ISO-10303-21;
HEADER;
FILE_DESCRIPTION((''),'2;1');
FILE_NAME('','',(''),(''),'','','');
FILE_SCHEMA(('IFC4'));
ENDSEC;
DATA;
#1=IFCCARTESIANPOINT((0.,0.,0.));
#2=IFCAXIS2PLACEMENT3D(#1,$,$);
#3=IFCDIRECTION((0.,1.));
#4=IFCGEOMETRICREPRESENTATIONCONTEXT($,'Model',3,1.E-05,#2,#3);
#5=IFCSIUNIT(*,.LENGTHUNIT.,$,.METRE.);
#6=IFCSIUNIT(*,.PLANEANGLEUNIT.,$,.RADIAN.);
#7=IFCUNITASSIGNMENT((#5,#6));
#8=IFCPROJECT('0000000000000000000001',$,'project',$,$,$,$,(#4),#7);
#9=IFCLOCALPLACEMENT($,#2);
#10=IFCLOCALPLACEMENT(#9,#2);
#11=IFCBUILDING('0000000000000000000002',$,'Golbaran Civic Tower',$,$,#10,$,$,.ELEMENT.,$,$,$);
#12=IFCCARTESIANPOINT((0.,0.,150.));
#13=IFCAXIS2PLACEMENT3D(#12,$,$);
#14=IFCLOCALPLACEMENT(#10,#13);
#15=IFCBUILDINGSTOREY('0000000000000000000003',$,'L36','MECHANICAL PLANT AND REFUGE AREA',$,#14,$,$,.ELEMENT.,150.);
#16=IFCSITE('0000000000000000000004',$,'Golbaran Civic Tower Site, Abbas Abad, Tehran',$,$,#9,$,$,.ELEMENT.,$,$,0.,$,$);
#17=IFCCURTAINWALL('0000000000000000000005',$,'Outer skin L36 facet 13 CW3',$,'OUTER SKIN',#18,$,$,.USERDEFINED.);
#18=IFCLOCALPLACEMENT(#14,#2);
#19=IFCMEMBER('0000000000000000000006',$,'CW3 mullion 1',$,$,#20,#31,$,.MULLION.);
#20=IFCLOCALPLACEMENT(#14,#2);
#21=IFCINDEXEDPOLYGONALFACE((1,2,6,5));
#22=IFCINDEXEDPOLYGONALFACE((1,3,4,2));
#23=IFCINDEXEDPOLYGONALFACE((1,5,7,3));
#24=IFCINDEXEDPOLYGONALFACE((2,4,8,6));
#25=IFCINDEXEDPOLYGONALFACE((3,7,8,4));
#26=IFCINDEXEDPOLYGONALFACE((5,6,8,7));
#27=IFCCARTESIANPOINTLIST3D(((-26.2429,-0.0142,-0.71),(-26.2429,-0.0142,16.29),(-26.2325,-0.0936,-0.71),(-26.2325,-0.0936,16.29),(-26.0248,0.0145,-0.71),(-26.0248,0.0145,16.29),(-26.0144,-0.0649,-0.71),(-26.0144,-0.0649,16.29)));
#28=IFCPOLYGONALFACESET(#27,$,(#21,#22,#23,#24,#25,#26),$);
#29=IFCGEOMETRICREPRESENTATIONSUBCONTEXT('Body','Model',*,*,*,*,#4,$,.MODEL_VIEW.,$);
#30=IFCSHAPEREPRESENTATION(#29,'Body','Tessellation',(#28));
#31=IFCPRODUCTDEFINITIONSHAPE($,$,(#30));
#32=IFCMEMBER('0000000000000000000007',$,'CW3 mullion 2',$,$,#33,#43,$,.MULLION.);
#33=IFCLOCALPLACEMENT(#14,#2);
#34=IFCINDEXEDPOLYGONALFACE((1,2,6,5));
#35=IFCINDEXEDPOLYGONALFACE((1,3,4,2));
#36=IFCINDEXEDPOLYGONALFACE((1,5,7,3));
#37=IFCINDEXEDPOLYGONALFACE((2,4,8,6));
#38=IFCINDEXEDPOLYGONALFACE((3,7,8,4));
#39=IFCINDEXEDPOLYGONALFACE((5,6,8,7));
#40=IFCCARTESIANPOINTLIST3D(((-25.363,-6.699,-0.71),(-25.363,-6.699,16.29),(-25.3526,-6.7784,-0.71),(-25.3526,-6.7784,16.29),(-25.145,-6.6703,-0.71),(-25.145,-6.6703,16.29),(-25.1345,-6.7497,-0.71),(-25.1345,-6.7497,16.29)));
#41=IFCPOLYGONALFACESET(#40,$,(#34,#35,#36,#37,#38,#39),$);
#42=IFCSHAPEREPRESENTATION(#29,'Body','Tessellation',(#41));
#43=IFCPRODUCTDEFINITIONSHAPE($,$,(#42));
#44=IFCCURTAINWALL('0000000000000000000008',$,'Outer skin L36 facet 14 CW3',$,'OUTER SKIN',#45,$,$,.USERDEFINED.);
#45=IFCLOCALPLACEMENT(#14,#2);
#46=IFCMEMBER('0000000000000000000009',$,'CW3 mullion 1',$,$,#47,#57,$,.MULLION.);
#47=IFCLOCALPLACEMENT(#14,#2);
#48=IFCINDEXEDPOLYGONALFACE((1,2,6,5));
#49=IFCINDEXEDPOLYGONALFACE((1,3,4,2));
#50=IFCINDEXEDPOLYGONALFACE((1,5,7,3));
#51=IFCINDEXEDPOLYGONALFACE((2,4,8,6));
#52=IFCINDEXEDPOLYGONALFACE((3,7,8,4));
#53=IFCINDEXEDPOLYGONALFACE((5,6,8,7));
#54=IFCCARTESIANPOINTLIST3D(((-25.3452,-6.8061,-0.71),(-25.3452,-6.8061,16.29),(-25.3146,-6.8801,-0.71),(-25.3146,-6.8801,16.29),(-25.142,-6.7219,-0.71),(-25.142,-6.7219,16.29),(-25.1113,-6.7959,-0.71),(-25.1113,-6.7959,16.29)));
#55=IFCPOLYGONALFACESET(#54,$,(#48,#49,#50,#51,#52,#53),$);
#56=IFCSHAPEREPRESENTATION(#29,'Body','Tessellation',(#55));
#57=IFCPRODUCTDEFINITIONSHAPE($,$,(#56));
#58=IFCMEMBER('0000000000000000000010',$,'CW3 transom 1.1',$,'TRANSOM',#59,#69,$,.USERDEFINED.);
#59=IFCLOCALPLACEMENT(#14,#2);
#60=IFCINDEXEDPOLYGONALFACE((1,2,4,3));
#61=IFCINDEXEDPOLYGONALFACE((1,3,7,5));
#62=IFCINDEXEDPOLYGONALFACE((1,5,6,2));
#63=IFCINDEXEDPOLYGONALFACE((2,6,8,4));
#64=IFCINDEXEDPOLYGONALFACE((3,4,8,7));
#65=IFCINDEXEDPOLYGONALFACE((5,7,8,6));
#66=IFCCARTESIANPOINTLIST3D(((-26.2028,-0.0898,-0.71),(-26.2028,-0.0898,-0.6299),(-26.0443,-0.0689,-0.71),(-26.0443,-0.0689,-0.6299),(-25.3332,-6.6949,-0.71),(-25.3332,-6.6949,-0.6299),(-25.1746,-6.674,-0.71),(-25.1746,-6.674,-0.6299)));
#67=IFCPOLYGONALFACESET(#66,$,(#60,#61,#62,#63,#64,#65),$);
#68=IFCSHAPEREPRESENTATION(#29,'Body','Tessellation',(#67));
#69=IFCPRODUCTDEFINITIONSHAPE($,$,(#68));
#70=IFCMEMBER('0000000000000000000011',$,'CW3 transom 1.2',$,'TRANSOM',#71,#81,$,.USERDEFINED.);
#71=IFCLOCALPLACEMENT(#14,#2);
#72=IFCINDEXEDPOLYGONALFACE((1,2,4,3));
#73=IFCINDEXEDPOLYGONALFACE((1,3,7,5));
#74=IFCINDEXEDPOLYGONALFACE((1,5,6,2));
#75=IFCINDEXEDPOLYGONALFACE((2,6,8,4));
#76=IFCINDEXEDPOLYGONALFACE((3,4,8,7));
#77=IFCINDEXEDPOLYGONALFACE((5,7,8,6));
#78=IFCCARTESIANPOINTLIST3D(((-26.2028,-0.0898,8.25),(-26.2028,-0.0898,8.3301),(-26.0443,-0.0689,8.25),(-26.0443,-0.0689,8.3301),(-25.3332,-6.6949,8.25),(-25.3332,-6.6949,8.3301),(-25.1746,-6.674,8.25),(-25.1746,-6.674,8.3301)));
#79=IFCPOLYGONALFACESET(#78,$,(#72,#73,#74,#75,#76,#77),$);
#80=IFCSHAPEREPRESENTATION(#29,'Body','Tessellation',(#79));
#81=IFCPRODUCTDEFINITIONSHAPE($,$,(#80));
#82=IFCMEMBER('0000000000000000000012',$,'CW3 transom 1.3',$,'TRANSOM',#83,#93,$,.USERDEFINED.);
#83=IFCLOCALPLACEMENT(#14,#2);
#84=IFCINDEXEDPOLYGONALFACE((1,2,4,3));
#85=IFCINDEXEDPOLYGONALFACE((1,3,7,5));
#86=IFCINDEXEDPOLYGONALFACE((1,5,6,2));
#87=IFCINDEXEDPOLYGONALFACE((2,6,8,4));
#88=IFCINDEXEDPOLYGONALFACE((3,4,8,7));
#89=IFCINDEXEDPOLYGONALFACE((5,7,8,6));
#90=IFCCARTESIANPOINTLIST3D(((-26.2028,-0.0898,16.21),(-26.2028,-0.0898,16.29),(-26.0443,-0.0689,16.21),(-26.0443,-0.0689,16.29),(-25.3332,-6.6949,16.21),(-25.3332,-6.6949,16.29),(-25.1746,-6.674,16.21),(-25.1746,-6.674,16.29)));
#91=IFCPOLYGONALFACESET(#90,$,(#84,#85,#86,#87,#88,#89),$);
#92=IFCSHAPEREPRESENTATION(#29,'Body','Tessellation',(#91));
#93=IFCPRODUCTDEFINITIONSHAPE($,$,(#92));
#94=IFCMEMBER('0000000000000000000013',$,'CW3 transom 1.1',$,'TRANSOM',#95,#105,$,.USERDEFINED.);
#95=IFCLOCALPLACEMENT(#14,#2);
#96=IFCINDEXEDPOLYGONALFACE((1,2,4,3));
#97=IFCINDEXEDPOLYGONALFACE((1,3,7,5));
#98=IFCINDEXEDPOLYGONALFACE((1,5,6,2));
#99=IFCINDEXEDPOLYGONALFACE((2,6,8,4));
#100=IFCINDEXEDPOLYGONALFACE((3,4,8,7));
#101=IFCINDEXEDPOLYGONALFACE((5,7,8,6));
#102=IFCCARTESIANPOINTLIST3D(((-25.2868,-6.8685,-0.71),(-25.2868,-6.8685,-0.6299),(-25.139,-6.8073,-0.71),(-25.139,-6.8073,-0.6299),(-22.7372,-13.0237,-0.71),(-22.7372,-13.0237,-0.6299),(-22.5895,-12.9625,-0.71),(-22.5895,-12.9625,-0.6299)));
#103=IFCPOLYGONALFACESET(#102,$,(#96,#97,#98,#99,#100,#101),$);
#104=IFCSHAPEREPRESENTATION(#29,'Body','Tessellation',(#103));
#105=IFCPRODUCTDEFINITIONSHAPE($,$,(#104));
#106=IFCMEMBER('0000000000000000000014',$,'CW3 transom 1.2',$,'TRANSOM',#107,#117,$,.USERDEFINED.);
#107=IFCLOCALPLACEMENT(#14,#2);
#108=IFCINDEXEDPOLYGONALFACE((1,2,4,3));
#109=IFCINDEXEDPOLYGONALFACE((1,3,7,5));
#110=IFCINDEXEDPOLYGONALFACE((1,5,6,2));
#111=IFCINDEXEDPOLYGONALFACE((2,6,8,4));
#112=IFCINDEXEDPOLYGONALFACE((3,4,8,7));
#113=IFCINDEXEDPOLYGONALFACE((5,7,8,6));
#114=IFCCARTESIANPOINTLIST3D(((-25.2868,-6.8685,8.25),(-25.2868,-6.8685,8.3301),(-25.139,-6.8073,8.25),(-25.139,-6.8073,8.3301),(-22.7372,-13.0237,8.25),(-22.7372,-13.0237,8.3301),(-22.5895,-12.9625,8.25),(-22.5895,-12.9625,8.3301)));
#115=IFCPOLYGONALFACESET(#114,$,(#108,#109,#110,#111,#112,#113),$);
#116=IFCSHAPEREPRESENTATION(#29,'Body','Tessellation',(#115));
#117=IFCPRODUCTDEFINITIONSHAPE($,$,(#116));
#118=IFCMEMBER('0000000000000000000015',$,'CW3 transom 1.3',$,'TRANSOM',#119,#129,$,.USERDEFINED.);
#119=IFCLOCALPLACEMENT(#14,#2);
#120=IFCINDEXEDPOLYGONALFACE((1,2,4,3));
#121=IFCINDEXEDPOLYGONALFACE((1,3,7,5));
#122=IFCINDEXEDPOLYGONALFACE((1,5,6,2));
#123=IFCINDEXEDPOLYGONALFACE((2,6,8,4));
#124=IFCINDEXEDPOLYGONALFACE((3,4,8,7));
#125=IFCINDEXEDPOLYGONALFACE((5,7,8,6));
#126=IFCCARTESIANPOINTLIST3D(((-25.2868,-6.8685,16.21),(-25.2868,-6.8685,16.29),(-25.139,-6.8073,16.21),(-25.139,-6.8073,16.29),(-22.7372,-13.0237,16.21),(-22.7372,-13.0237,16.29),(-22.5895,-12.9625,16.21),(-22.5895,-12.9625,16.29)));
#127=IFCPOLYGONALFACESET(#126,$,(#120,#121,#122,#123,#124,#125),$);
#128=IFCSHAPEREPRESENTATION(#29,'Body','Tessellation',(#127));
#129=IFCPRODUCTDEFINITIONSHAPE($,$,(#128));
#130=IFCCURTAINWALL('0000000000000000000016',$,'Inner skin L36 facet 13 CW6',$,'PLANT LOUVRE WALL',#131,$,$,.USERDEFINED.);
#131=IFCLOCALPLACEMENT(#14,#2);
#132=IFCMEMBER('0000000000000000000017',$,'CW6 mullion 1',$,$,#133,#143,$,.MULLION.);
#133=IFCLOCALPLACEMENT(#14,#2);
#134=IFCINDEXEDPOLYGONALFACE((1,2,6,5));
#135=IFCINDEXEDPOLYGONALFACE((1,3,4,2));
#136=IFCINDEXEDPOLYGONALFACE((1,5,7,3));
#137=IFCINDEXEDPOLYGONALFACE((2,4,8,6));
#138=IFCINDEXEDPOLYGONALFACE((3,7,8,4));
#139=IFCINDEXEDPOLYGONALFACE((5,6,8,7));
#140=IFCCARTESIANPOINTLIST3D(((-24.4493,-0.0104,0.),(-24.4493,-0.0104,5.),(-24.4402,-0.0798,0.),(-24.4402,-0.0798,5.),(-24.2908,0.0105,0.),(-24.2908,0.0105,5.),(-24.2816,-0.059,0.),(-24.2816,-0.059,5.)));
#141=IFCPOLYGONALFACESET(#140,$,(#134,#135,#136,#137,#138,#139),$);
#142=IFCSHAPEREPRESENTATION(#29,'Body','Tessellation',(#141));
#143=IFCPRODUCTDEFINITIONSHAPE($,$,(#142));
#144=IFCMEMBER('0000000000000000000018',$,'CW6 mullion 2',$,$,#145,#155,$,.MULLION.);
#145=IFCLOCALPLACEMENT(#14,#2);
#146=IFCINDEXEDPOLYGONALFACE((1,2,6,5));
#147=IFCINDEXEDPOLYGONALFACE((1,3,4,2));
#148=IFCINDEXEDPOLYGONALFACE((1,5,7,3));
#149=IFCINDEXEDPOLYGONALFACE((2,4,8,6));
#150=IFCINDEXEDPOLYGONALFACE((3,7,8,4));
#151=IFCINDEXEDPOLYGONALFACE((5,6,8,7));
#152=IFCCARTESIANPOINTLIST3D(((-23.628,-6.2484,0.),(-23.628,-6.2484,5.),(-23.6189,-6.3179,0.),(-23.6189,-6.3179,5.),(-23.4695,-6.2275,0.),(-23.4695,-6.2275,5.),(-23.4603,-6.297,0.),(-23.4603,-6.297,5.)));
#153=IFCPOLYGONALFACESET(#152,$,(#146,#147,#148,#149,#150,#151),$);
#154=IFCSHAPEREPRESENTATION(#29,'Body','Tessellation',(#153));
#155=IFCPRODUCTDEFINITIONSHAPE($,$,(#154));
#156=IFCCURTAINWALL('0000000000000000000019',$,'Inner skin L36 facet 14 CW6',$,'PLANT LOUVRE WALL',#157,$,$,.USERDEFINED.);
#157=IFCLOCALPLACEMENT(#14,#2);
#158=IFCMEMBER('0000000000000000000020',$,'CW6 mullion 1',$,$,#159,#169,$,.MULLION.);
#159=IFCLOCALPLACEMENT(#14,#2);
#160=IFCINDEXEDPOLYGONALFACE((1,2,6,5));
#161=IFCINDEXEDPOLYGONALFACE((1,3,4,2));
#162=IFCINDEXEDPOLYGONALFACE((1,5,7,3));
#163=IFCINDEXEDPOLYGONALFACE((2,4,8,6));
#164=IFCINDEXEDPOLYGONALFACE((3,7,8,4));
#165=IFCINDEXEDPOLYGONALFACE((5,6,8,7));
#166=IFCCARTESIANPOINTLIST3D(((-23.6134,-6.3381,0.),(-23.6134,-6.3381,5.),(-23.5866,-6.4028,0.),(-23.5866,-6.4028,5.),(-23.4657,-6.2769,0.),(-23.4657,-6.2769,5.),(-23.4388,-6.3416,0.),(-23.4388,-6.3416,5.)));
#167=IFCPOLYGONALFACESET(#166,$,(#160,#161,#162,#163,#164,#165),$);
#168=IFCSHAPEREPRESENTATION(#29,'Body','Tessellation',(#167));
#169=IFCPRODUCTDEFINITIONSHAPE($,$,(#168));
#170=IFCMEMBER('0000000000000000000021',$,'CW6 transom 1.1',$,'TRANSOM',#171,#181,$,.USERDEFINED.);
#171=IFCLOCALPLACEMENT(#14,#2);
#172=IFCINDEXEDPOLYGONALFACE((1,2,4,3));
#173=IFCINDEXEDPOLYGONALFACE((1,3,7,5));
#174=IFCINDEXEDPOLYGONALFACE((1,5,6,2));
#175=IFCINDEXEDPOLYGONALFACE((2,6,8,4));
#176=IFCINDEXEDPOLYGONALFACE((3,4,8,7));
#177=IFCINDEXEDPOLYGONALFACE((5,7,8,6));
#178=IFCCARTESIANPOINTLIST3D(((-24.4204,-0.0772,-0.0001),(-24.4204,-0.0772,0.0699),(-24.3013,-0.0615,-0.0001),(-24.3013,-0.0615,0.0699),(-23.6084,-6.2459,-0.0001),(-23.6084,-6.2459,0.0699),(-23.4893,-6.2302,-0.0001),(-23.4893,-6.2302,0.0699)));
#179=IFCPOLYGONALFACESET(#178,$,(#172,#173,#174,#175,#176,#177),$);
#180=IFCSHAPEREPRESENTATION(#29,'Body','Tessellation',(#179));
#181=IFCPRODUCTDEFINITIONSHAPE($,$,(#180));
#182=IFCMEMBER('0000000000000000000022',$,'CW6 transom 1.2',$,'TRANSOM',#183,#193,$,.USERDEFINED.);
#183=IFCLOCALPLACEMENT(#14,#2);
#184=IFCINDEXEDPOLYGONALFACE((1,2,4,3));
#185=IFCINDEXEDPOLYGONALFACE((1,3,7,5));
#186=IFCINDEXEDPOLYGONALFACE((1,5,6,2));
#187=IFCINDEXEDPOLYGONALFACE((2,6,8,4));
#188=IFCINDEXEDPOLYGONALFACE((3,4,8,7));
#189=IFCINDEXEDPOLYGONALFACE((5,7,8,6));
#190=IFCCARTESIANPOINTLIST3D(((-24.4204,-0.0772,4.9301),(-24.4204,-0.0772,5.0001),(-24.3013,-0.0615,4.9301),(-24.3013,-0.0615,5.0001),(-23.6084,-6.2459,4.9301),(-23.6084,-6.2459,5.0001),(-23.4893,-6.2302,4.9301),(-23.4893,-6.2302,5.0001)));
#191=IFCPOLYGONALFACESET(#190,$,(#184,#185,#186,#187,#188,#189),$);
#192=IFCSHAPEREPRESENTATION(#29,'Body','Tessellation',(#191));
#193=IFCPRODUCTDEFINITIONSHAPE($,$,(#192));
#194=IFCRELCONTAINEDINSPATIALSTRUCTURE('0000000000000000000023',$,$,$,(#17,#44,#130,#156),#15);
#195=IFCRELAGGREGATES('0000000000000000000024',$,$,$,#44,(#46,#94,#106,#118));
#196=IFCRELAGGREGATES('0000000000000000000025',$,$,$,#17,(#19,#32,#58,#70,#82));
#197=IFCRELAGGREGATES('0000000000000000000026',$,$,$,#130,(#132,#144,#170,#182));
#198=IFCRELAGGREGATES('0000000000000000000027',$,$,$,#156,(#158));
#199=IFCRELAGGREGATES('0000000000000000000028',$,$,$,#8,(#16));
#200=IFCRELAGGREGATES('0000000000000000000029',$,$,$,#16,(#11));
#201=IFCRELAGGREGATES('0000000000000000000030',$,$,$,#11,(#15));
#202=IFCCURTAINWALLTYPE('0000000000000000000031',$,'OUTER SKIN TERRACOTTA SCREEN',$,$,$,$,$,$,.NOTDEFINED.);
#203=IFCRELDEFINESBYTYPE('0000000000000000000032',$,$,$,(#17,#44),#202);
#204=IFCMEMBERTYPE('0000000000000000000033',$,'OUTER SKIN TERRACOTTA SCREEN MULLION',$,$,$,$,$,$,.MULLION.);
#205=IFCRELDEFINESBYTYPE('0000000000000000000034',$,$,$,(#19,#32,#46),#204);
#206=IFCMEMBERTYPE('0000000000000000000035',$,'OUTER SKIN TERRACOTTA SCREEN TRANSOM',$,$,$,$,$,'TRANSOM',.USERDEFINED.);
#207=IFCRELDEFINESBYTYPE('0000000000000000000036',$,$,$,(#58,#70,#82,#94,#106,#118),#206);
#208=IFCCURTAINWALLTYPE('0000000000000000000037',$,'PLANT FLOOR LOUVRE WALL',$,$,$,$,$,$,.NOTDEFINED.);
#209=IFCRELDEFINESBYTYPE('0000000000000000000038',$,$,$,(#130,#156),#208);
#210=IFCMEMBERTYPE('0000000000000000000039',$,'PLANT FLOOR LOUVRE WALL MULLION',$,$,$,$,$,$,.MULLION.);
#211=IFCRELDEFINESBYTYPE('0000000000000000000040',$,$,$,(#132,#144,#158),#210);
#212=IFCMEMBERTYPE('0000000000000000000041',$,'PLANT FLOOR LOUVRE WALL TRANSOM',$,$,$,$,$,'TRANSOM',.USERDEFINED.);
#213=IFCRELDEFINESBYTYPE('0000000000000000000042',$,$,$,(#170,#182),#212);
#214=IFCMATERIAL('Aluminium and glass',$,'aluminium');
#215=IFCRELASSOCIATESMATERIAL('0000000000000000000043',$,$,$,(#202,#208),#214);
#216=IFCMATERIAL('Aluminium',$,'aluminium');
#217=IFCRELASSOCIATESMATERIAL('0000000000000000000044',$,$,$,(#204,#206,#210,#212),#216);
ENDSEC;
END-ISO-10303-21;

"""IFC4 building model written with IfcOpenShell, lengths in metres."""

from ifc_helpers import new_model, si_unit, direction, frame, origin, origin_2d, place, context, subcontext, project, spatial, rectangle, extrude, material, material_profile, profile_set, type_object, element, aggregate, save


model = new_model("IFC4")

# Units and contexts
model_context = context("Model", 3, precision=1e-05, world=origin(), true_north=direction((0.0, 1.0)))
body_context = subcontext(model_context, "Body", "Model", "MODEL_VIEW")
ifc_project = project(units=[si_unit("LENGTHUNIT", "METRE"), si_unit("PLANEANGLEUNIT", "RADIAN")], contexts=[model_context])

# Site, building, storey
site_placement = place(None, origin())
site = spatial("IfcSite", under=ifc_project, at=site_placement, Name="Golbaran Civic Tower Site, Abbas Abad, Tehran", CompositionType="ELEMENT", RefElevation=0.0)
building_placement = place(site_placement, origin())
building = spatial("IfcBuilding", under=site, at=building_placement, Name="Golbaran Civic Tower", CompositionType="ELEMENT")
storey_placement = place(building_placement, frame((0.0, 0.0, 150.0)))
storey = spatial("IfcBuildingStorey", under=building, at=storey_placement, Name="L36", Description="MECHANICAL PLANT AND REFUGE AREA", CompositionType="ELEMENT", Elevation=150.0)

# Curtain wall, members
ifc_material_1 = material(Name="Aluminium and glass", Category="aluminium")
curtain_wall_type_1 = type_object("IfcCurtainWallType", Name="OUTER SKIN TERRACOTTA SCREEN", PredefinedType="NOTDEFINED", material=ifc_material_1)
curtain_wall_1_placement = place(storey_placement, origin())
curtain_wall_1 = element("IfcCurtainWall", 1, at=curtain_wall_1_placement, inside=storey, type_object=curtain_wall_type_1, Name="Outer skin L36 facet 13 CW3", ObjectType="OUTER SKIN", PredefinedType="USERDEFINED")
ifc_material_2 = material(Name="Aluminium", Category="aluminium")
ifc_material_profile_1 = material_profile(ifc_material_2, rectangle(XDim=0.22, YDim=0.0801, at=origin_2d()), Name="OUTER SKIN TERRACOTTA SCREEN MULLION")
ifc_profile_set_1 = profile_set([ifc_material_profile_1], Name="Aluminium")
member_type_1 = type_object("IfcMemberType", Name="OUTER SKIN TERRACOTTA SCREEN MULLION", PredefinedType="MULLION", material=ifc_profile_set_1)
member_1_placement = place(storey_placement, frame((-26.1287, -0.0396, -0.71), z_axis=(0.0, 0.0, 1.0), x_axis=(0.991445, 0.130526, 0.0)))
member_1 = element("IfcMember", 2, at=member_1_placement, type_object=member_type_1, Name="CW3 mullion 1", PredefinedType="MULLION", context=body_context, shape_type="SweptSolid", body=[
    extrude(rectangle(XDim=0.22, YDim=0.0801, at=origin_2d()), origin(), (0.0, 0.0, 1.0), 17.0),
])
member_2_placement = place(storey_placement, frame((-25.2488, -6.7244, -0.71), z_axis=(0.0, 0.0, 1.0), x_axis=(0.991445, 0.130526, 0.0)))
member_2 = element("IfcMember", 3, at=member_2_placement, type_object=member_type_1, Name="CW3 mullion 2", PredefinedType="MULLION", context=body_context, shape_type="SweptSolid", body=[
    extrude(rectangle(XDim=0.22, YDim=0.0801, at=origin_2d()), origin(), (0.0, 0.0, 1.0), 17.0),
])

# Curtain wall, member
curtain_wall_2_placement = place(storey_placement, origin())
curtain_wall_2 = element("IfcCurtainWall", 4, at=curtain_wall_2_placement, inside=storey, type_object=curtain_wall_type_1, Name="Outer skin L36 facet 14 CW3", ObjectType="OUTER SKIN", PredefinedType="USERDEFINED")
member_3_placement = place(storey_placement, frame((-25.2283, -6.801, -0.71), z_axis=(0.0, 0.0, 1.0), x_axis=(0.92388, 0.382683, 0.0)))
member_3 = element("IfcMember", 5, at=member_3_placement, type_object=member_type_1, Name="CW3 mullion 1", PredefinedType="MULLION", context=body_context, shape_type="SweptSolid", body=[
    extrude(rectangle(XDim=0.22, YDim=0.0801, at=origin_2d()), origin(), (0.0, 0.0, 1.0), 17.0),
])

# Members
ifc_material_profile_2 = material_profile(ifc_material_2, rectangle(XDim=0.1599, YDim=0.0801, at=origin_2d()), Name="OUTER SKIN TERRACOTTA SCREEN TRANSOM")
ifc_profile_set_2 = profile_set([ifc_material_profile_2], Name="Aluminium")
member_type_2 = type_object("IfcMemberType", Name="OUTER SKIN TERRACOTTA SCREEN TRANSOM", ElementType="TRANSOM", PredefinedType="USERDEFINED", material=ifc_profile_set_2)
member_4_placement = place(storey_placement, frame((-26.1235, -0.0793, -0.6699), z_axis=(0.130531, -0.991444, 0.0), x_axis=(0.991444, 0.130531, 0.0)))
member_4 = element("IfcMember", 6, at=member_4_placement, type_object=member_type_2, Name="CW3 transom 1.1", ObjectType="TRANSOM", PredefinedType="USERDEFINED", context=body_context, shape_type="SweptSolid", body=[
    extrude(rectangle(XDim=0.1599, YDim=0.0801, at=origin_2d()), origin(), (0.0, 0.0, 1.0), 6.6621),
])
member_5_placement = place(storey_placement, frame((-26.1235, -0.0793, 8.29), z_axis=(0.130531, -0.991444, 0.0), x_axis=(0.991444, 0.130531, 0.0)))
member_5 = element("IfcMember", 7, at=member_5_placement, type_object=member_type_2, Name="CW3 transom 1.2", ObjectType="TRANSOM", PredefinedType="USERDEFINED", context=body_context, shape_type="SweptSolid", body=[
    extrude(rectangle(XDim=0.1599, YDim=0.0801, at=origin_2d()), origin(), (0.0, 0.0, 1.0), 6.6621),
])
member_6_placement = place(storey_placement, frame((-26.1235, -0.0793, 16.25), z_axis=(0.130531, -0.991444, 0.0), x_axis=(0.991444, 0.130531, 0.0)))
member_6 = element("IfcMember", 8, at=member_6_placement, type_object=member_type_2, Name="CW3 transom 1.3", ObjectType="TRANSOM", PredefinedType="USERDEFINED", context=body_context, shape_type="SweptSolid", body=[
    extrude(rectangle(XDim=0.1599, YDim=0.0801, at=origin_2d()), origin(), (0.0, 0.0, 1.0), 6.6621),
])
member_7_placement = place(storey_placement, frame((-25.2129, -6.8379, -0.6699), z_axis=(0.382679, -0.923882, 0.0), x_axis=(0.923882, 0.382679, 0.0)))
member_7 = element("IfcMember", 9, at=member_7_placement, type_object=member_type_2, Name="CW3 transom 1.1", ObjectType="TRANSOM", PredefinedType="USERDEFINED", context=body_context, shape_type="SweptSolid", body=[
    extrude(rectangle(XDim=0.1599, YDim=0.0801, at=origin_2d()), origin(), (0.0, 0.0, 1.0), 6.6624),
])
member_8_placement = place(storey_placement, frame((-25.2129, -6.8379, 8.29), z_axis=(0.382679, -0.923882, 0.0), x_axis=(0.923882, 0.382679, 0.0)))
member_8 = element("IfcMember", 10, at=member_8_placement, type_object=member_type_2, Name="CW3 transom 1.2", ObjectType="TRANSOM", PredefinedType="USERDEFINED", context=body_context, shape_type="SweptSolid", body=[
    extrude(rectangle(XDim=0.1599, YDim=0.0801, at=origin_2d()), origin(), (0.0, 0.0, 1.0), 6.6624),
])
member_9_placement = place(storey_placement, frame((-25.2129, -6.8379, 16.25), z_axis=(0.382679, -0.923882, 0.0), x_axis=(0.923882, 0.382679, 0.0)))
member_9 = element("IfcMember", 11, at=member_9_placement, type_object=member_type_2, Name="CW3 transom 1.3", ObjectType="TRANSOM", PredefinedType="USERDEFINED", context=body_context, shape_type="SweptSolid", body=[
    extrude(rectangle(XDim=0.1599, YDim=0.0801, at=origin_2d()), origin(), (0.0, 0.0, 1.0), 6.6624),
])

# Curtain wall, members
curtain_wall_type_2 = type_object("IfcCurtainWallType", Name="PLANT FLOOR LOUVRE WALL", PredefinedType="NOTDEFINED", material=ifc_material_1)
curtain_wall_3_placement = place(storey_placement, origin())
curtain_wall_3 = element("IfcCurtainWall", 12, at=curtain_wall_3_placement, inside=storey, type_object=curtain_wall_type_2, Name="Inner skin L36 facet 13 CW6", ObjectType="PLANT LOUVRE WALL", PredefinedType="USERDEFINED")
ifc_material_profile_3 = material_profile(ifc_material_2, rectangle(XDim=0.1599, YDim=0.0701, at=origin_2d()), Name="PLANT FLOOR LOUVRE WALL MULLION")
ifc_profile_set_3 = profile_set([ifc_material_profile_3], Name="Aluminium")
member_type_3 = type_object("IfcMemberType", Name="PLANT FLOOR LOUVRE WALL MULLION", PredefinedType="MULLION", material=ifc_profile_set_3)
member_10_placement = place(storey_placement, frame((-24.3655, -0.0347, 0.0), z_axis=(0.0, 0.0, 1.0), x_axis=(0.991445, 0.130526, 0.0)))
member_10 = element("IfcMember", 13, at=member_10_placement, type_object=member_type_3, Name="CW6 mullion 1", PredefinedType="MULLION", context=body_context, shape_type="SweptSolid", body=[
    extrude(rectangle(XDim=0.1599, YDim=0.0701, at=origin_2d()), origin(), (0.0, 0.0, 1.0), 5.0),
])
member_11_placement = place(storey_placement, frame((-23.5442, -6.2727, 0.0), z_axis=(0.0, 0.0, 1.0), x_axis=(0.991445, 0.130526, 0.0)))
member_11 = element("IfcMember", 14, at=member_11_placement, type_object=member_type_3, Name="CW6 mullion 2", PredefinedType="MULLION", context=body_context, shape_type="SweptSolid", body=[
    extrude(rectangle(XDim=0.1599, YDim=0.0701, at=origin_2d()), origin(), (0.0, 0.0, 1.0), 5.0),
])

# Curtain wall, member
curtain_wall_4_placement = place(storey_placement, origin())
curtain_wall_4 = element("IfcCurtainWall", 15, at=curtain_wall_4_placement, inside=storey, type_object=curtain_wall_type_2, Name="Inner skin L36 facet 14 CW6", ObjectType="PLANT LOUVRE WALL", PredefinedType="USERDEFINED")
member_12_placement = place(storey_placement, frame((-23.5261, -6.3398, 0.0), z_axis=(0.0, 0.0, 1.0), x_axis=(0.92388, 0.382683, 0.0)))
member_12 = element("IfcMember", 16, at=member_12_placement, type_object=member_type_3, Name="CW6 mullion 1", PredefinedType="MULLION", context=body_context, shape_type="SweptSolid", body=[
    extrude(rectangle(XDim=0.1599, YDim=0.0701, at=origin_2d()), origin(), (0.0, 0.0, 1.0), 5.0),
])

# Members
ifc_material_profile_4 = material_profile(ifc_material_2, rectangle(XDim=0.1201, YDim=0.0701, at=origin_2d()), Name="PLANT FLOOR LOUVRE WALL TRANSOM")
ifc_profile_set_4 = profile_set([ifc_material_profile_4], Name="Aluminium")
member_type_4 = type_object("IfcMemberType", Name="PLANT FLOOR LOUVRE WALL TRANSOM", ElementType="TRANSOM", PredefinedType="USERDEFINED", material=ifc_profile_set_4)
member_13_placement = place(storey_placement, frame((-24.3608, -0.0693, 0.0349), z_axis=(0.130508, -0.991447, 0.0), x_axis=(0.991447, 0.130508, 0.0)))
member_13 = element("IfcMember", 17, at=member_13_placement, type_object=member_type_4, Name="CW6 transom 1.1", ObjectType="TRANSOM", PredefinedType="USERDEFINED", context=body_context, shape_type="SweptSolid", body=[
    extrude(rectangle(XDim=0.1201, YDim=0.0701, at=origin_2d()), origin(), (0.0, 0.0, 1.0), 6.2219),
])
member_14_placement = place(storey_placement, frame((-24.3608, -0.0693, 4.9651), z_axis=(0.130508, -0.991447, 0.0), x_axis=(0.991447, 0.130508, 0.0)))
member_14 = element("IfcMember", 18, at=member_14_placement, type_object=member_type_4, Name="CW6 transom 1.2", ObjectType="TRANSOM", PredefinedType="USERDEFINED", context=body_context, shape_type="SweptSolid", body=[
    extrude(rectangle(XDim=0.1201, YDim=0.0701, at=origin_2d()), origin(), (0.0, 0.0, 1.0), 6.2219),
])

aggregate(curtain_wall_2, [member_3, member_7, member_8, member_9])
aggregate(curtain_wall_1, [member_1, member_2, member_4, member_5, member_6])
aggregate(curtain_wall_3, [member_10, member_11, member_13, member_14])
aggregate(curtain_wall_4, [member_12])

save(model, "model.ifc")
